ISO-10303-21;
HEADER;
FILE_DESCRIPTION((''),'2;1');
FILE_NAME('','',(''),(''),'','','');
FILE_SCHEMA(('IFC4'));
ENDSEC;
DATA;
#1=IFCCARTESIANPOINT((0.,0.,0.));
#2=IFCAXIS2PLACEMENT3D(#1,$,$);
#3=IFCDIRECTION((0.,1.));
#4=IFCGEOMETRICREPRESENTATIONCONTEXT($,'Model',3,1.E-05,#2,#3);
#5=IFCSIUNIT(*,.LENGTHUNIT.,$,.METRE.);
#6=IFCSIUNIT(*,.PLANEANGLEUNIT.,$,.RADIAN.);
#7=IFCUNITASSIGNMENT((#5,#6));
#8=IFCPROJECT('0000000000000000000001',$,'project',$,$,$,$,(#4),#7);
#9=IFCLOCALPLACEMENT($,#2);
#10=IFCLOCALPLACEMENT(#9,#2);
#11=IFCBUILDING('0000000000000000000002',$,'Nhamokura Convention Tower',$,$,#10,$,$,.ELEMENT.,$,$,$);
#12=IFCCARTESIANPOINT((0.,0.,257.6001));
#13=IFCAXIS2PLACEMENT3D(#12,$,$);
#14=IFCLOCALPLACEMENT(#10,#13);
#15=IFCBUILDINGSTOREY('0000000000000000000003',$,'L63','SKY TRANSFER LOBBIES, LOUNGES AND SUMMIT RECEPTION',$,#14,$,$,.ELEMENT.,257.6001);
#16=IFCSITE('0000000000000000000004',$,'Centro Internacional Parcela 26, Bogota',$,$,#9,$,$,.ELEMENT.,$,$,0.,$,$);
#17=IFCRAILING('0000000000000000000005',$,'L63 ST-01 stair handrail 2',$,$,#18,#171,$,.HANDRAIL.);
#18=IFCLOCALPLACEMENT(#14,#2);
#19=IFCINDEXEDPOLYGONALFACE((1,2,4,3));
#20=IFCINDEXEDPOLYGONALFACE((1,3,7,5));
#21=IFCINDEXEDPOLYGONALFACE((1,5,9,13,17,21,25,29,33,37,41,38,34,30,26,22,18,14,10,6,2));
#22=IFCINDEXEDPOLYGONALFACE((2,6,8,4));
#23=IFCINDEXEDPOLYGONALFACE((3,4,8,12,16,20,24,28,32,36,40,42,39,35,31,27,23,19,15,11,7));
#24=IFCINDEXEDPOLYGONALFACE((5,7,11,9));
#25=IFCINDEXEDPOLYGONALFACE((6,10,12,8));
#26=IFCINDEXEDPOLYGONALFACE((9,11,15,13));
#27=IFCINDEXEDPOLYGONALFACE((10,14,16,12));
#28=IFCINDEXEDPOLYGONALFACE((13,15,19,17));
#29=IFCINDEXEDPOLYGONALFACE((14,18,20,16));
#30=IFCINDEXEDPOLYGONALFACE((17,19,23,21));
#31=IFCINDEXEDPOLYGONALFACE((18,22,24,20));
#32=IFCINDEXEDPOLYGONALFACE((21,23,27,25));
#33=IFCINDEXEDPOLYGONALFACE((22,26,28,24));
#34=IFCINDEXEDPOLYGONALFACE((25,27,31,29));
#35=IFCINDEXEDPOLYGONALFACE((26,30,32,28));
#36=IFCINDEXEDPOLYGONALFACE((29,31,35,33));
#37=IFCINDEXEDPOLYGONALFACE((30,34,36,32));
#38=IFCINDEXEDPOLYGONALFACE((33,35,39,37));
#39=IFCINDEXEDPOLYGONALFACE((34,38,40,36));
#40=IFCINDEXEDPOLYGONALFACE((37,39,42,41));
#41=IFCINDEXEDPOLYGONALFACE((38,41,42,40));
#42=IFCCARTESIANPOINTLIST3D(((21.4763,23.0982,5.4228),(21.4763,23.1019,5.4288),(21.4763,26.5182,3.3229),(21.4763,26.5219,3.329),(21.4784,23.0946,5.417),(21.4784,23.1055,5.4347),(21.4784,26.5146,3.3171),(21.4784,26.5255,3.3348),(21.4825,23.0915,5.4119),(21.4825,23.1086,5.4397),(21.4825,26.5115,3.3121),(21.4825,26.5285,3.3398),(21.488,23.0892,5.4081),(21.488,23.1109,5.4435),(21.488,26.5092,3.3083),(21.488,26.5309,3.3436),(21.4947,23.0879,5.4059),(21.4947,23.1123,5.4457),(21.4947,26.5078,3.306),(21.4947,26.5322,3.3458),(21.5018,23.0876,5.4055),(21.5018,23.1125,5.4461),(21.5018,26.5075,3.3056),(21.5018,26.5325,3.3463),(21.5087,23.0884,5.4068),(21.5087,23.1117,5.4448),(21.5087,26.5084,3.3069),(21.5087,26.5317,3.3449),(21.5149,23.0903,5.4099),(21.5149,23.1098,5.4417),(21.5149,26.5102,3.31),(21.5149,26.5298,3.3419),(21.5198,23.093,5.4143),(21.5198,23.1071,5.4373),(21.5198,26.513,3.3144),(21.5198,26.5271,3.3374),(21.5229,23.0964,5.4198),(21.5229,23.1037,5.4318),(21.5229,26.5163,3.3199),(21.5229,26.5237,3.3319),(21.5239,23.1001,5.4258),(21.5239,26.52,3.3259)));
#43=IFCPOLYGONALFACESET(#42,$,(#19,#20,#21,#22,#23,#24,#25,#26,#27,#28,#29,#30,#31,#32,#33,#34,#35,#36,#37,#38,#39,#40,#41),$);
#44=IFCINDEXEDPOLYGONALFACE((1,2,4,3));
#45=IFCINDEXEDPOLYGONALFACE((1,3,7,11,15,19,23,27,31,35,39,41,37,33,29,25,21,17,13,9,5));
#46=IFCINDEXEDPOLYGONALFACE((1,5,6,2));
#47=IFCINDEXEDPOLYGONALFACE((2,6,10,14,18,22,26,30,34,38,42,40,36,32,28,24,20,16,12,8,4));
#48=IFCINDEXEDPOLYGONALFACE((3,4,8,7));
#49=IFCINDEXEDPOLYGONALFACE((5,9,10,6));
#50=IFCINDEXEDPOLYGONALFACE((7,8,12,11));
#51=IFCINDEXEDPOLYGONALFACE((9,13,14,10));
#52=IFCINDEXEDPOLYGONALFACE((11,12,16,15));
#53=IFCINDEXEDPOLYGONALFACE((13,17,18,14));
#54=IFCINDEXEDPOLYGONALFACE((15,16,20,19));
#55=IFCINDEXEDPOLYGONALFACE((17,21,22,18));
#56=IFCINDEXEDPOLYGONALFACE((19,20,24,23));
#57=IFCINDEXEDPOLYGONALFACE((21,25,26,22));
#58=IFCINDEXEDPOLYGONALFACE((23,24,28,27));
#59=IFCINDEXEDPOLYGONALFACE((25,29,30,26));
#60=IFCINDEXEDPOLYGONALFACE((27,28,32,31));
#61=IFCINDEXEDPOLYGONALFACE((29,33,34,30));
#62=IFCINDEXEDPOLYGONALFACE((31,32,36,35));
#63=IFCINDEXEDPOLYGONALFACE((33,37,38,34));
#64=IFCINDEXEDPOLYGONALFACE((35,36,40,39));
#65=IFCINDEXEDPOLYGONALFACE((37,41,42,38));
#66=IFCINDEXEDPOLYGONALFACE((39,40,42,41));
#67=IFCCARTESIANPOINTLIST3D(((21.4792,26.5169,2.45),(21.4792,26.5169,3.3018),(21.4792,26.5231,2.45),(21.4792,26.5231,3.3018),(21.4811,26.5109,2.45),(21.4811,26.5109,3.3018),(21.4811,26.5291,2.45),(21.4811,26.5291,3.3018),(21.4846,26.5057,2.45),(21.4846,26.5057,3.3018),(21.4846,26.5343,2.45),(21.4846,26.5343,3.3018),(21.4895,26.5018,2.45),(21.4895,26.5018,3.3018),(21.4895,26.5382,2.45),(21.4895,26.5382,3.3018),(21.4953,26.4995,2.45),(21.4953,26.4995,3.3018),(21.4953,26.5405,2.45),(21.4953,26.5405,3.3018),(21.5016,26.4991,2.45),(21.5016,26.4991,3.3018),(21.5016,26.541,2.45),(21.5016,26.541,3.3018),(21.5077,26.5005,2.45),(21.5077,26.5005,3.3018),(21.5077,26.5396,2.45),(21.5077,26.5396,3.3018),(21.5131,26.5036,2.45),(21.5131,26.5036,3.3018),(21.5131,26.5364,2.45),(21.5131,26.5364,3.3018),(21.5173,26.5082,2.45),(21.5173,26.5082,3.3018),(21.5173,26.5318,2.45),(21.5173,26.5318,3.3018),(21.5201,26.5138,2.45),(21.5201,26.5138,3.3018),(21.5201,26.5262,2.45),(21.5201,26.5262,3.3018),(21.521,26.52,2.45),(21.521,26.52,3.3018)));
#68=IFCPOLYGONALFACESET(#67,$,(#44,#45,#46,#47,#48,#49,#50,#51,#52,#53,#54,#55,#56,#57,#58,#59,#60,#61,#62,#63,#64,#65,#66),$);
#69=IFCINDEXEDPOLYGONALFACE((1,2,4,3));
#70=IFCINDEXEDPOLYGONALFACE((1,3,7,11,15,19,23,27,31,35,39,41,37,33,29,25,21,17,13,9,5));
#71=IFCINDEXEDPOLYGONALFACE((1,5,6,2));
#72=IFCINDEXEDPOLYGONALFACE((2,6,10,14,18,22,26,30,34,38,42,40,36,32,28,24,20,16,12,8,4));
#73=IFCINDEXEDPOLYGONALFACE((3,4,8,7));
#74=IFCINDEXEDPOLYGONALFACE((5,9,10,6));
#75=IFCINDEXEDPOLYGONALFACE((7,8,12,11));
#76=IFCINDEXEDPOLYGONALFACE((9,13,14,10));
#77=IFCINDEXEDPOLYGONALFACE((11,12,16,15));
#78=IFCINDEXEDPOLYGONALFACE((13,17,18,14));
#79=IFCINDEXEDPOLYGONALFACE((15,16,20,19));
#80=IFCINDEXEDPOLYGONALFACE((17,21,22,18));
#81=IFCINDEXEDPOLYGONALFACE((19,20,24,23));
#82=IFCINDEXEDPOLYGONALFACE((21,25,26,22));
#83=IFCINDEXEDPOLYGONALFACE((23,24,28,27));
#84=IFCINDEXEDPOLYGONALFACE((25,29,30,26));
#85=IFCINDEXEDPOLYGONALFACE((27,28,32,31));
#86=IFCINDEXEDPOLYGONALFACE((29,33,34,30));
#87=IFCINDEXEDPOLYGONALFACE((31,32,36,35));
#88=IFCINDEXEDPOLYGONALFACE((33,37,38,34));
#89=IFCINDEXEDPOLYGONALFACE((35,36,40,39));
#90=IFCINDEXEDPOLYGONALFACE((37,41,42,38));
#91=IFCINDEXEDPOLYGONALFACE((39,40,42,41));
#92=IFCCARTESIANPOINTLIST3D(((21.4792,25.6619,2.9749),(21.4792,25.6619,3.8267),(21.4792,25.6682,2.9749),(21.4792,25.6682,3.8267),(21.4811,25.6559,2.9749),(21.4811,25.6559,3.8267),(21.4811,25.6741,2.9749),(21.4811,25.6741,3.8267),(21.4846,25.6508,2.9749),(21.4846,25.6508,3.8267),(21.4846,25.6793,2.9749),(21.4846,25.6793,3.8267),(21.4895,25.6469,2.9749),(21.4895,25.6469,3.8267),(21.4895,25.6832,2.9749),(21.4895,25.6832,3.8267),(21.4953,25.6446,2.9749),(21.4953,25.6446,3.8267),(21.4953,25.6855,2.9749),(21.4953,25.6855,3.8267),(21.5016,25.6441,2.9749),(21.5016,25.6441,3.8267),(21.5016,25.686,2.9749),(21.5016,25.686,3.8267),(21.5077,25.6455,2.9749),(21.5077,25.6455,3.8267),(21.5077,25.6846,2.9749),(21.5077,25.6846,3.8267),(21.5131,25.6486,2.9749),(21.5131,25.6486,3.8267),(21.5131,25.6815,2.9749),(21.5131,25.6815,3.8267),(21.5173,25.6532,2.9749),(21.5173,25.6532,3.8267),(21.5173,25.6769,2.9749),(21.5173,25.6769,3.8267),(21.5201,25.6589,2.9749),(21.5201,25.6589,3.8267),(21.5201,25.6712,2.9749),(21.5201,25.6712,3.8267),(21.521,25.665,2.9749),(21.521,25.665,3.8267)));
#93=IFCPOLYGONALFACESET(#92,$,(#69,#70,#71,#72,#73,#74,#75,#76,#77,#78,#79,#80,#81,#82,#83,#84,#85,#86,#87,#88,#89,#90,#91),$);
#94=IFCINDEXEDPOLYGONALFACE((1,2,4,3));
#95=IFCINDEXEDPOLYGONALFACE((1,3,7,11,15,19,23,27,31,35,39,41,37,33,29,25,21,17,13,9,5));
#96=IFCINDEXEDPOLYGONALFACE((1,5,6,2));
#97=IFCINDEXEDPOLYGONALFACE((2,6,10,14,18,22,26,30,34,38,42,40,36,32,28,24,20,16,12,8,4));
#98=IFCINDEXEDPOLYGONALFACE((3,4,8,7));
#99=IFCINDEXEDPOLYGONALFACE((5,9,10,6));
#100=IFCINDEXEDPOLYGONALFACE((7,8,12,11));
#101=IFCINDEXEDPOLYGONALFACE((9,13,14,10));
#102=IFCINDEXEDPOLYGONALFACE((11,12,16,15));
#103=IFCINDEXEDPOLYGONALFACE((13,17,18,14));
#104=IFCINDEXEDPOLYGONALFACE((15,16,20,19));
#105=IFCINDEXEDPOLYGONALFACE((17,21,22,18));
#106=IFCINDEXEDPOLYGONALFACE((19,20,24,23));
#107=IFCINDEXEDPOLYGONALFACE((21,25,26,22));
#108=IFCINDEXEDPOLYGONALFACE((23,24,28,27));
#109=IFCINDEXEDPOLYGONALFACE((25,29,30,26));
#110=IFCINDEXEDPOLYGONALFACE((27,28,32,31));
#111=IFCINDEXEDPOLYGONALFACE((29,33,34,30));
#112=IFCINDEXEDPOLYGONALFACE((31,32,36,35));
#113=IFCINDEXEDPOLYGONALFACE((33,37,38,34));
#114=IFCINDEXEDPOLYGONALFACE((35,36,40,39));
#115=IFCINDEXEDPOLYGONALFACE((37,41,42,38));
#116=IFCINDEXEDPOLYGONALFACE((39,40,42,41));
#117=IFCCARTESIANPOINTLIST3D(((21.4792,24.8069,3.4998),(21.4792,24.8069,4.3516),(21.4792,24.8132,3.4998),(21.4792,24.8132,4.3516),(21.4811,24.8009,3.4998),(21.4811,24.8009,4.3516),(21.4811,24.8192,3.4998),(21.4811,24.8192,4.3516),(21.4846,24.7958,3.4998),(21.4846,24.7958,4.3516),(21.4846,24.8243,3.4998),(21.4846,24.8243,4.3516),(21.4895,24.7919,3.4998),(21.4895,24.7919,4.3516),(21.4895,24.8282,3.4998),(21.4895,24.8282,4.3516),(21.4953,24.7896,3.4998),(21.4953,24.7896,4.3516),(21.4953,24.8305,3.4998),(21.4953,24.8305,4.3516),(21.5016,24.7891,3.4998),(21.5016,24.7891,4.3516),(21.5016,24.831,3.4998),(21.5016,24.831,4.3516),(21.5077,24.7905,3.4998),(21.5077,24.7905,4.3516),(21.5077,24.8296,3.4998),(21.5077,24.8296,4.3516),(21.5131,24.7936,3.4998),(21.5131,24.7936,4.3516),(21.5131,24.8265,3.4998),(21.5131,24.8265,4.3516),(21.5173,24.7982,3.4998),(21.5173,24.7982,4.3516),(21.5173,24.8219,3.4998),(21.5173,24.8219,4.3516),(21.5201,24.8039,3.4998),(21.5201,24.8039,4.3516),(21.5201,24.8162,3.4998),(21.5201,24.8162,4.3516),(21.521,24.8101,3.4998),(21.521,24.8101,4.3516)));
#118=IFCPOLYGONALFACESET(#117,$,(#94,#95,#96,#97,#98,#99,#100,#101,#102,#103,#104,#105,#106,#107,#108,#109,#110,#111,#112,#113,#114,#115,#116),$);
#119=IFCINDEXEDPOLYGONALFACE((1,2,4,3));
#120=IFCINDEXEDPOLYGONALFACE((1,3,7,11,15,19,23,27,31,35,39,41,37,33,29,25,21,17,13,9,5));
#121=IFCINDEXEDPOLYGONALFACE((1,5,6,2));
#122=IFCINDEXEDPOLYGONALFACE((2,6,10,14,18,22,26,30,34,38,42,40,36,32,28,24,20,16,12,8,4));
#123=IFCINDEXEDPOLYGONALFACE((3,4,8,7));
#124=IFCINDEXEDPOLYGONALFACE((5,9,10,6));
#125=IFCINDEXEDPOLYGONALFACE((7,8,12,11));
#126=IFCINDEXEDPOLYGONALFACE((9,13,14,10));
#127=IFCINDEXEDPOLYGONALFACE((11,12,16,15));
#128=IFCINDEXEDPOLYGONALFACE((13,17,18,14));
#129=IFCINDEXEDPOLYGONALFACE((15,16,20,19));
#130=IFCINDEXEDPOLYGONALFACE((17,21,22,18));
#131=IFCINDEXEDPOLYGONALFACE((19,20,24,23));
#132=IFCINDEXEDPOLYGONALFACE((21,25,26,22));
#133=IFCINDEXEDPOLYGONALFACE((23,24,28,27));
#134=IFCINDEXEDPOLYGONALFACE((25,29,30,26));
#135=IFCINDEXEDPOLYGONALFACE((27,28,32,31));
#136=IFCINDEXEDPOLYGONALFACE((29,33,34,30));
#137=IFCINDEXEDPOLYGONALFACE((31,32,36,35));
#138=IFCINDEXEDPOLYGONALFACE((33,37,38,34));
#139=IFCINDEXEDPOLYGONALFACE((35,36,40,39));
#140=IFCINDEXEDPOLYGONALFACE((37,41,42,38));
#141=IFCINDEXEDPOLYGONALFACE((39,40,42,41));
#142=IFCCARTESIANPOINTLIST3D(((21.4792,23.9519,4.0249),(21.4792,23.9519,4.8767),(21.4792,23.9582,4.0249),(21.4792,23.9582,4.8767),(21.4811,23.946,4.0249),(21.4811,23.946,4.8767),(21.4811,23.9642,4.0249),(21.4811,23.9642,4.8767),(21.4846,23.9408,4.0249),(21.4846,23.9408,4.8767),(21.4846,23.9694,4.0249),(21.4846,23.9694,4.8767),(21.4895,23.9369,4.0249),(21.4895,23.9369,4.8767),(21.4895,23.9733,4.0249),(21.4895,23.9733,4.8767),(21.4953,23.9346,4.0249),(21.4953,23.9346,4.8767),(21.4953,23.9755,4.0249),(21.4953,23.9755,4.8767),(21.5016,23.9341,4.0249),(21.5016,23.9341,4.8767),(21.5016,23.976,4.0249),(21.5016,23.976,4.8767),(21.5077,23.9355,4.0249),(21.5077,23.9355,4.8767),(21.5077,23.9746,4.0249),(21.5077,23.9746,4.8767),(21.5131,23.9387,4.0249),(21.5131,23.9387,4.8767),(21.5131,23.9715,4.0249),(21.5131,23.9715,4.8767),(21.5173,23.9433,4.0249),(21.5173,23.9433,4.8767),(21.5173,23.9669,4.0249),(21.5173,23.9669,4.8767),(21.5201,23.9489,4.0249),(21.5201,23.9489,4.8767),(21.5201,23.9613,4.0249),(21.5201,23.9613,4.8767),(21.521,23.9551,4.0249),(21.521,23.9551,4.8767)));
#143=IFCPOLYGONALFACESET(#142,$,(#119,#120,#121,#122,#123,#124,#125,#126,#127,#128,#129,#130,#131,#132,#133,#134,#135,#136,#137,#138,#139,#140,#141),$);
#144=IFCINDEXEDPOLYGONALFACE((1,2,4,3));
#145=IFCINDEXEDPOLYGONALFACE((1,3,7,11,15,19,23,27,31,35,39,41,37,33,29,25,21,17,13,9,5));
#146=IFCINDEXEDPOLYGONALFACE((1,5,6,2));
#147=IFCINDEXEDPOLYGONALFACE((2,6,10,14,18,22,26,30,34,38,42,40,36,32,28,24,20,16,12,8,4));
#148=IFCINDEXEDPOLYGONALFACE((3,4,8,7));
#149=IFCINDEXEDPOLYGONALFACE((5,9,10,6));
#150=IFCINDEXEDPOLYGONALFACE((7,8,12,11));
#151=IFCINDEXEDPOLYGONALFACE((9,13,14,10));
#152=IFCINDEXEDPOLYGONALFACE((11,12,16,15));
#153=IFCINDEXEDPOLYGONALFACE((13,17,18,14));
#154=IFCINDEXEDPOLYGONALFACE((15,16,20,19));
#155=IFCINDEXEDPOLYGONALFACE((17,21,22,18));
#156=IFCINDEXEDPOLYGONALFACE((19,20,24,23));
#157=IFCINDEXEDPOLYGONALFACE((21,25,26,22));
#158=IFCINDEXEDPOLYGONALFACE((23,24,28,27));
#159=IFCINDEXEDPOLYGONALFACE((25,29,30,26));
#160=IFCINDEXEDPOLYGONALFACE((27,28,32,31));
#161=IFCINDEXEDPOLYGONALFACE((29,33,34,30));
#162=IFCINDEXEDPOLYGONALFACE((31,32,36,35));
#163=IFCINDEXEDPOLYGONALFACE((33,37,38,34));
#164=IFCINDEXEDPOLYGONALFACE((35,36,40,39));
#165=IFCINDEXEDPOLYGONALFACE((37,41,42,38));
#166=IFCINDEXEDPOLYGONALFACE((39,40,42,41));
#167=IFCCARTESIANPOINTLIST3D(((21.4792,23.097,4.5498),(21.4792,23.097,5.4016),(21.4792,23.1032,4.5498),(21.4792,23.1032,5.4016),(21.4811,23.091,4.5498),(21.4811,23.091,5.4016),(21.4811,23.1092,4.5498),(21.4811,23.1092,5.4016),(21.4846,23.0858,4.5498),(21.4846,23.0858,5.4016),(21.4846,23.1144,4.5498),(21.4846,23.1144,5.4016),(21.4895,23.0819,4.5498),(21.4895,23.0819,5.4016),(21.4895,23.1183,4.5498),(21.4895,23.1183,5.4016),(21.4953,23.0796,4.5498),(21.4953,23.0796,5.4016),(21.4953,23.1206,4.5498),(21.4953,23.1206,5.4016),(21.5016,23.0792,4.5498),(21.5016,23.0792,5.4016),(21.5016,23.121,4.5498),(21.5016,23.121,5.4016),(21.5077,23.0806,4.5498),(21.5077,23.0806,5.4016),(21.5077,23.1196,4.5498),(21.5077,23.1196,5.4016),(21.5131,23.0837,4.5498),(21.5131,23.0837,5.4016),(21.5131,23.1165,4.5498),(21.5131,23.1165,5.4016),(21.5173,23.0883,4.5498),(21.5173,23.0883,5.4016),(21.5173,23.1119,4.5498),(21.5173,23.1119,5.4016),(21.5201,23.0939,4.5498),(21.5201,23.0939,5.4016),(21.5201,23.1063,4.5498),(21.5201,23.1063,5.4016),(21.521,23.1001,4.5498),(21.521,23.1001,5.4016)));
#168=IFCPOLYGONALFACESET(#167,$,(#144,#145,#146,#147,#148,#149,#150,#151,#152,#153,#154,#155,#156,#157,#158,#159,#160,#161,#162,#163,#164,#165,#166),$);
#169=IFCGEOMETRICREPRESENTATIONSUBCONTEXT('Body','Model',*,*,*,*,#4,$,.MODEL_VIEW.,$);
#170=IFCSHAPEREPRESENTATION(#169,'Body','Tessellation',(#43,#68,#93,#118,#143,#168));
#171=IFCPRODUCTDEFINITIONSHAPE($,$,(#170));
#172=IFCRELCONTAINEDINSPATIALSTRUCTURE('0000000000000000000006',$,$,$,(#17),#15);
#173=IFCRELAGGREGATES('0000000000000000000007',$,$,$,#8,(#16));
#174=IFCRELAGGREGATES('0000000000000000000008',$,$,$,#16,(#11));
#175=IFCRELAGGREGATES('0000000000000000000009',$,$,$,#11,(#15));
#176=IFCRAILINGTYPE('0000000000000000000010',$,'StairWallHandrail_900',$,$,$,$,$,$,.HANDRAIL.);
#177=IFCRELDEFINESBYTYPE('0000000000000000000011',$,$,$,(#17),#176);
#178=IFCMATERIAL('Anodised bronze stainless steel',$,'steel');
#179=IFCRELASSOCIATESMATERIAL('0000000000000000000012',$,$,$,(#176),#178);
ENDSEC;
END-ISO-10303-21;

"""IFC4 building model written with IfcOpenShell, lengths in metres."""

from ifc_helpers import new_model, si_unit, direction, frame, origin, origin_2d, place, context, subcontext, project, spatial, circle, extrude, material, type_object, element, save


model = new_model("IFC4")

# Units and contexts
model_context = context("Model", 3, precision=1e-05, world=origin(), true_north=direction((0.0, 1.0)))
body_context = subcontext(model_context, "Body", "Model", "MODEL_VIEW")
ifc_project = project(units=[si_unit("LENGTHUNIT", "METRE"), si_unit("PLANEANGLEUNIT", "RADIAN")], contexts=[model_context])

# Site, building, storey
site_placement = place(None, origin())
site = spatial("IfcSite", under=ifc_project, at=site_placement, Name="Centro Internacional Parcela 26, Bogota", CompositionType="ELEMENT", RefElevation=0.0)
building_placement = place(site_placement, origin())
building = spatial("IfcBuilding", under=site, at=building_placement, Name="Nhamokura Convention Tower", CompositionType="ELEMENT")
storey_placement = place(building_placement, frame((0.0, 0.0, 257.6001)))
storey = spatial("IfcBuildingStorey", under=building, at=storey_placement, Name="L63", Description="SKY TRANSFER LOBBIES, LOUNGES AND SUMMIT RECEPTION", CompositionType="ELEMENT", Elevation=257.6001)

# Railing
ifc_material_1 = material(Name="Anodised bronze stainless steel", Category="steel")
railing_type_1 = type_object("IfcRailingType", Name="StairWallHandrail_900", PredefinedType="HANDRAIL", material=ifc_material_1)
railing_1_placement = place(storey_placement, frame((21.5, 26.52, 2.45)))
element("IfcRailing", 1, at=railing_1_placement, inside=storey, type_object=railing_type_1, Name="L63 ST-01 stair handrail 2", PredefinedType="HANDRAIL", context=body_context, shape_type="SweptSolid", body=[
    extrude(circle(Radius=0.0239, at=origin_2d()), frame((0.0, 0.0, 0.876), z_axis=(0.0, -0.852182, 0.523245), x_axis=(1.0, 0.0, 0.0)), (0.0, 0.0, 1.0), 4.0132),
    extrude(circle(Radius=0.021, at=origin_2d()), origin(), (0.0, 0.0, 1.0), 0.8518),
    extrude(circle(Radius=0.021, at=origin_2d()), frame((0.0, -0.855, 0.5249)), (0.0, 0.0, 1.0), 0.8518),
    extrude(circle(Radius=0.021, at=origin_2d()), frame((0.0, -1.71, 1.0498)), (0.0, 0.0, 1.0), 0.8518),
    extrude(circle(Radius=0.021, at=origin_2d()), frame((0.0, -2.5649, 1.575)), (0.0, 0.0, 1.0), 0.8518),
    extrude(circle(Radius=0.021, at=origin_2d()), frame((0.0, -3.4199, 2.0999)), (0.0, 0.0, 1.0), 0.8518),
])

save(model, "model.ifc")
